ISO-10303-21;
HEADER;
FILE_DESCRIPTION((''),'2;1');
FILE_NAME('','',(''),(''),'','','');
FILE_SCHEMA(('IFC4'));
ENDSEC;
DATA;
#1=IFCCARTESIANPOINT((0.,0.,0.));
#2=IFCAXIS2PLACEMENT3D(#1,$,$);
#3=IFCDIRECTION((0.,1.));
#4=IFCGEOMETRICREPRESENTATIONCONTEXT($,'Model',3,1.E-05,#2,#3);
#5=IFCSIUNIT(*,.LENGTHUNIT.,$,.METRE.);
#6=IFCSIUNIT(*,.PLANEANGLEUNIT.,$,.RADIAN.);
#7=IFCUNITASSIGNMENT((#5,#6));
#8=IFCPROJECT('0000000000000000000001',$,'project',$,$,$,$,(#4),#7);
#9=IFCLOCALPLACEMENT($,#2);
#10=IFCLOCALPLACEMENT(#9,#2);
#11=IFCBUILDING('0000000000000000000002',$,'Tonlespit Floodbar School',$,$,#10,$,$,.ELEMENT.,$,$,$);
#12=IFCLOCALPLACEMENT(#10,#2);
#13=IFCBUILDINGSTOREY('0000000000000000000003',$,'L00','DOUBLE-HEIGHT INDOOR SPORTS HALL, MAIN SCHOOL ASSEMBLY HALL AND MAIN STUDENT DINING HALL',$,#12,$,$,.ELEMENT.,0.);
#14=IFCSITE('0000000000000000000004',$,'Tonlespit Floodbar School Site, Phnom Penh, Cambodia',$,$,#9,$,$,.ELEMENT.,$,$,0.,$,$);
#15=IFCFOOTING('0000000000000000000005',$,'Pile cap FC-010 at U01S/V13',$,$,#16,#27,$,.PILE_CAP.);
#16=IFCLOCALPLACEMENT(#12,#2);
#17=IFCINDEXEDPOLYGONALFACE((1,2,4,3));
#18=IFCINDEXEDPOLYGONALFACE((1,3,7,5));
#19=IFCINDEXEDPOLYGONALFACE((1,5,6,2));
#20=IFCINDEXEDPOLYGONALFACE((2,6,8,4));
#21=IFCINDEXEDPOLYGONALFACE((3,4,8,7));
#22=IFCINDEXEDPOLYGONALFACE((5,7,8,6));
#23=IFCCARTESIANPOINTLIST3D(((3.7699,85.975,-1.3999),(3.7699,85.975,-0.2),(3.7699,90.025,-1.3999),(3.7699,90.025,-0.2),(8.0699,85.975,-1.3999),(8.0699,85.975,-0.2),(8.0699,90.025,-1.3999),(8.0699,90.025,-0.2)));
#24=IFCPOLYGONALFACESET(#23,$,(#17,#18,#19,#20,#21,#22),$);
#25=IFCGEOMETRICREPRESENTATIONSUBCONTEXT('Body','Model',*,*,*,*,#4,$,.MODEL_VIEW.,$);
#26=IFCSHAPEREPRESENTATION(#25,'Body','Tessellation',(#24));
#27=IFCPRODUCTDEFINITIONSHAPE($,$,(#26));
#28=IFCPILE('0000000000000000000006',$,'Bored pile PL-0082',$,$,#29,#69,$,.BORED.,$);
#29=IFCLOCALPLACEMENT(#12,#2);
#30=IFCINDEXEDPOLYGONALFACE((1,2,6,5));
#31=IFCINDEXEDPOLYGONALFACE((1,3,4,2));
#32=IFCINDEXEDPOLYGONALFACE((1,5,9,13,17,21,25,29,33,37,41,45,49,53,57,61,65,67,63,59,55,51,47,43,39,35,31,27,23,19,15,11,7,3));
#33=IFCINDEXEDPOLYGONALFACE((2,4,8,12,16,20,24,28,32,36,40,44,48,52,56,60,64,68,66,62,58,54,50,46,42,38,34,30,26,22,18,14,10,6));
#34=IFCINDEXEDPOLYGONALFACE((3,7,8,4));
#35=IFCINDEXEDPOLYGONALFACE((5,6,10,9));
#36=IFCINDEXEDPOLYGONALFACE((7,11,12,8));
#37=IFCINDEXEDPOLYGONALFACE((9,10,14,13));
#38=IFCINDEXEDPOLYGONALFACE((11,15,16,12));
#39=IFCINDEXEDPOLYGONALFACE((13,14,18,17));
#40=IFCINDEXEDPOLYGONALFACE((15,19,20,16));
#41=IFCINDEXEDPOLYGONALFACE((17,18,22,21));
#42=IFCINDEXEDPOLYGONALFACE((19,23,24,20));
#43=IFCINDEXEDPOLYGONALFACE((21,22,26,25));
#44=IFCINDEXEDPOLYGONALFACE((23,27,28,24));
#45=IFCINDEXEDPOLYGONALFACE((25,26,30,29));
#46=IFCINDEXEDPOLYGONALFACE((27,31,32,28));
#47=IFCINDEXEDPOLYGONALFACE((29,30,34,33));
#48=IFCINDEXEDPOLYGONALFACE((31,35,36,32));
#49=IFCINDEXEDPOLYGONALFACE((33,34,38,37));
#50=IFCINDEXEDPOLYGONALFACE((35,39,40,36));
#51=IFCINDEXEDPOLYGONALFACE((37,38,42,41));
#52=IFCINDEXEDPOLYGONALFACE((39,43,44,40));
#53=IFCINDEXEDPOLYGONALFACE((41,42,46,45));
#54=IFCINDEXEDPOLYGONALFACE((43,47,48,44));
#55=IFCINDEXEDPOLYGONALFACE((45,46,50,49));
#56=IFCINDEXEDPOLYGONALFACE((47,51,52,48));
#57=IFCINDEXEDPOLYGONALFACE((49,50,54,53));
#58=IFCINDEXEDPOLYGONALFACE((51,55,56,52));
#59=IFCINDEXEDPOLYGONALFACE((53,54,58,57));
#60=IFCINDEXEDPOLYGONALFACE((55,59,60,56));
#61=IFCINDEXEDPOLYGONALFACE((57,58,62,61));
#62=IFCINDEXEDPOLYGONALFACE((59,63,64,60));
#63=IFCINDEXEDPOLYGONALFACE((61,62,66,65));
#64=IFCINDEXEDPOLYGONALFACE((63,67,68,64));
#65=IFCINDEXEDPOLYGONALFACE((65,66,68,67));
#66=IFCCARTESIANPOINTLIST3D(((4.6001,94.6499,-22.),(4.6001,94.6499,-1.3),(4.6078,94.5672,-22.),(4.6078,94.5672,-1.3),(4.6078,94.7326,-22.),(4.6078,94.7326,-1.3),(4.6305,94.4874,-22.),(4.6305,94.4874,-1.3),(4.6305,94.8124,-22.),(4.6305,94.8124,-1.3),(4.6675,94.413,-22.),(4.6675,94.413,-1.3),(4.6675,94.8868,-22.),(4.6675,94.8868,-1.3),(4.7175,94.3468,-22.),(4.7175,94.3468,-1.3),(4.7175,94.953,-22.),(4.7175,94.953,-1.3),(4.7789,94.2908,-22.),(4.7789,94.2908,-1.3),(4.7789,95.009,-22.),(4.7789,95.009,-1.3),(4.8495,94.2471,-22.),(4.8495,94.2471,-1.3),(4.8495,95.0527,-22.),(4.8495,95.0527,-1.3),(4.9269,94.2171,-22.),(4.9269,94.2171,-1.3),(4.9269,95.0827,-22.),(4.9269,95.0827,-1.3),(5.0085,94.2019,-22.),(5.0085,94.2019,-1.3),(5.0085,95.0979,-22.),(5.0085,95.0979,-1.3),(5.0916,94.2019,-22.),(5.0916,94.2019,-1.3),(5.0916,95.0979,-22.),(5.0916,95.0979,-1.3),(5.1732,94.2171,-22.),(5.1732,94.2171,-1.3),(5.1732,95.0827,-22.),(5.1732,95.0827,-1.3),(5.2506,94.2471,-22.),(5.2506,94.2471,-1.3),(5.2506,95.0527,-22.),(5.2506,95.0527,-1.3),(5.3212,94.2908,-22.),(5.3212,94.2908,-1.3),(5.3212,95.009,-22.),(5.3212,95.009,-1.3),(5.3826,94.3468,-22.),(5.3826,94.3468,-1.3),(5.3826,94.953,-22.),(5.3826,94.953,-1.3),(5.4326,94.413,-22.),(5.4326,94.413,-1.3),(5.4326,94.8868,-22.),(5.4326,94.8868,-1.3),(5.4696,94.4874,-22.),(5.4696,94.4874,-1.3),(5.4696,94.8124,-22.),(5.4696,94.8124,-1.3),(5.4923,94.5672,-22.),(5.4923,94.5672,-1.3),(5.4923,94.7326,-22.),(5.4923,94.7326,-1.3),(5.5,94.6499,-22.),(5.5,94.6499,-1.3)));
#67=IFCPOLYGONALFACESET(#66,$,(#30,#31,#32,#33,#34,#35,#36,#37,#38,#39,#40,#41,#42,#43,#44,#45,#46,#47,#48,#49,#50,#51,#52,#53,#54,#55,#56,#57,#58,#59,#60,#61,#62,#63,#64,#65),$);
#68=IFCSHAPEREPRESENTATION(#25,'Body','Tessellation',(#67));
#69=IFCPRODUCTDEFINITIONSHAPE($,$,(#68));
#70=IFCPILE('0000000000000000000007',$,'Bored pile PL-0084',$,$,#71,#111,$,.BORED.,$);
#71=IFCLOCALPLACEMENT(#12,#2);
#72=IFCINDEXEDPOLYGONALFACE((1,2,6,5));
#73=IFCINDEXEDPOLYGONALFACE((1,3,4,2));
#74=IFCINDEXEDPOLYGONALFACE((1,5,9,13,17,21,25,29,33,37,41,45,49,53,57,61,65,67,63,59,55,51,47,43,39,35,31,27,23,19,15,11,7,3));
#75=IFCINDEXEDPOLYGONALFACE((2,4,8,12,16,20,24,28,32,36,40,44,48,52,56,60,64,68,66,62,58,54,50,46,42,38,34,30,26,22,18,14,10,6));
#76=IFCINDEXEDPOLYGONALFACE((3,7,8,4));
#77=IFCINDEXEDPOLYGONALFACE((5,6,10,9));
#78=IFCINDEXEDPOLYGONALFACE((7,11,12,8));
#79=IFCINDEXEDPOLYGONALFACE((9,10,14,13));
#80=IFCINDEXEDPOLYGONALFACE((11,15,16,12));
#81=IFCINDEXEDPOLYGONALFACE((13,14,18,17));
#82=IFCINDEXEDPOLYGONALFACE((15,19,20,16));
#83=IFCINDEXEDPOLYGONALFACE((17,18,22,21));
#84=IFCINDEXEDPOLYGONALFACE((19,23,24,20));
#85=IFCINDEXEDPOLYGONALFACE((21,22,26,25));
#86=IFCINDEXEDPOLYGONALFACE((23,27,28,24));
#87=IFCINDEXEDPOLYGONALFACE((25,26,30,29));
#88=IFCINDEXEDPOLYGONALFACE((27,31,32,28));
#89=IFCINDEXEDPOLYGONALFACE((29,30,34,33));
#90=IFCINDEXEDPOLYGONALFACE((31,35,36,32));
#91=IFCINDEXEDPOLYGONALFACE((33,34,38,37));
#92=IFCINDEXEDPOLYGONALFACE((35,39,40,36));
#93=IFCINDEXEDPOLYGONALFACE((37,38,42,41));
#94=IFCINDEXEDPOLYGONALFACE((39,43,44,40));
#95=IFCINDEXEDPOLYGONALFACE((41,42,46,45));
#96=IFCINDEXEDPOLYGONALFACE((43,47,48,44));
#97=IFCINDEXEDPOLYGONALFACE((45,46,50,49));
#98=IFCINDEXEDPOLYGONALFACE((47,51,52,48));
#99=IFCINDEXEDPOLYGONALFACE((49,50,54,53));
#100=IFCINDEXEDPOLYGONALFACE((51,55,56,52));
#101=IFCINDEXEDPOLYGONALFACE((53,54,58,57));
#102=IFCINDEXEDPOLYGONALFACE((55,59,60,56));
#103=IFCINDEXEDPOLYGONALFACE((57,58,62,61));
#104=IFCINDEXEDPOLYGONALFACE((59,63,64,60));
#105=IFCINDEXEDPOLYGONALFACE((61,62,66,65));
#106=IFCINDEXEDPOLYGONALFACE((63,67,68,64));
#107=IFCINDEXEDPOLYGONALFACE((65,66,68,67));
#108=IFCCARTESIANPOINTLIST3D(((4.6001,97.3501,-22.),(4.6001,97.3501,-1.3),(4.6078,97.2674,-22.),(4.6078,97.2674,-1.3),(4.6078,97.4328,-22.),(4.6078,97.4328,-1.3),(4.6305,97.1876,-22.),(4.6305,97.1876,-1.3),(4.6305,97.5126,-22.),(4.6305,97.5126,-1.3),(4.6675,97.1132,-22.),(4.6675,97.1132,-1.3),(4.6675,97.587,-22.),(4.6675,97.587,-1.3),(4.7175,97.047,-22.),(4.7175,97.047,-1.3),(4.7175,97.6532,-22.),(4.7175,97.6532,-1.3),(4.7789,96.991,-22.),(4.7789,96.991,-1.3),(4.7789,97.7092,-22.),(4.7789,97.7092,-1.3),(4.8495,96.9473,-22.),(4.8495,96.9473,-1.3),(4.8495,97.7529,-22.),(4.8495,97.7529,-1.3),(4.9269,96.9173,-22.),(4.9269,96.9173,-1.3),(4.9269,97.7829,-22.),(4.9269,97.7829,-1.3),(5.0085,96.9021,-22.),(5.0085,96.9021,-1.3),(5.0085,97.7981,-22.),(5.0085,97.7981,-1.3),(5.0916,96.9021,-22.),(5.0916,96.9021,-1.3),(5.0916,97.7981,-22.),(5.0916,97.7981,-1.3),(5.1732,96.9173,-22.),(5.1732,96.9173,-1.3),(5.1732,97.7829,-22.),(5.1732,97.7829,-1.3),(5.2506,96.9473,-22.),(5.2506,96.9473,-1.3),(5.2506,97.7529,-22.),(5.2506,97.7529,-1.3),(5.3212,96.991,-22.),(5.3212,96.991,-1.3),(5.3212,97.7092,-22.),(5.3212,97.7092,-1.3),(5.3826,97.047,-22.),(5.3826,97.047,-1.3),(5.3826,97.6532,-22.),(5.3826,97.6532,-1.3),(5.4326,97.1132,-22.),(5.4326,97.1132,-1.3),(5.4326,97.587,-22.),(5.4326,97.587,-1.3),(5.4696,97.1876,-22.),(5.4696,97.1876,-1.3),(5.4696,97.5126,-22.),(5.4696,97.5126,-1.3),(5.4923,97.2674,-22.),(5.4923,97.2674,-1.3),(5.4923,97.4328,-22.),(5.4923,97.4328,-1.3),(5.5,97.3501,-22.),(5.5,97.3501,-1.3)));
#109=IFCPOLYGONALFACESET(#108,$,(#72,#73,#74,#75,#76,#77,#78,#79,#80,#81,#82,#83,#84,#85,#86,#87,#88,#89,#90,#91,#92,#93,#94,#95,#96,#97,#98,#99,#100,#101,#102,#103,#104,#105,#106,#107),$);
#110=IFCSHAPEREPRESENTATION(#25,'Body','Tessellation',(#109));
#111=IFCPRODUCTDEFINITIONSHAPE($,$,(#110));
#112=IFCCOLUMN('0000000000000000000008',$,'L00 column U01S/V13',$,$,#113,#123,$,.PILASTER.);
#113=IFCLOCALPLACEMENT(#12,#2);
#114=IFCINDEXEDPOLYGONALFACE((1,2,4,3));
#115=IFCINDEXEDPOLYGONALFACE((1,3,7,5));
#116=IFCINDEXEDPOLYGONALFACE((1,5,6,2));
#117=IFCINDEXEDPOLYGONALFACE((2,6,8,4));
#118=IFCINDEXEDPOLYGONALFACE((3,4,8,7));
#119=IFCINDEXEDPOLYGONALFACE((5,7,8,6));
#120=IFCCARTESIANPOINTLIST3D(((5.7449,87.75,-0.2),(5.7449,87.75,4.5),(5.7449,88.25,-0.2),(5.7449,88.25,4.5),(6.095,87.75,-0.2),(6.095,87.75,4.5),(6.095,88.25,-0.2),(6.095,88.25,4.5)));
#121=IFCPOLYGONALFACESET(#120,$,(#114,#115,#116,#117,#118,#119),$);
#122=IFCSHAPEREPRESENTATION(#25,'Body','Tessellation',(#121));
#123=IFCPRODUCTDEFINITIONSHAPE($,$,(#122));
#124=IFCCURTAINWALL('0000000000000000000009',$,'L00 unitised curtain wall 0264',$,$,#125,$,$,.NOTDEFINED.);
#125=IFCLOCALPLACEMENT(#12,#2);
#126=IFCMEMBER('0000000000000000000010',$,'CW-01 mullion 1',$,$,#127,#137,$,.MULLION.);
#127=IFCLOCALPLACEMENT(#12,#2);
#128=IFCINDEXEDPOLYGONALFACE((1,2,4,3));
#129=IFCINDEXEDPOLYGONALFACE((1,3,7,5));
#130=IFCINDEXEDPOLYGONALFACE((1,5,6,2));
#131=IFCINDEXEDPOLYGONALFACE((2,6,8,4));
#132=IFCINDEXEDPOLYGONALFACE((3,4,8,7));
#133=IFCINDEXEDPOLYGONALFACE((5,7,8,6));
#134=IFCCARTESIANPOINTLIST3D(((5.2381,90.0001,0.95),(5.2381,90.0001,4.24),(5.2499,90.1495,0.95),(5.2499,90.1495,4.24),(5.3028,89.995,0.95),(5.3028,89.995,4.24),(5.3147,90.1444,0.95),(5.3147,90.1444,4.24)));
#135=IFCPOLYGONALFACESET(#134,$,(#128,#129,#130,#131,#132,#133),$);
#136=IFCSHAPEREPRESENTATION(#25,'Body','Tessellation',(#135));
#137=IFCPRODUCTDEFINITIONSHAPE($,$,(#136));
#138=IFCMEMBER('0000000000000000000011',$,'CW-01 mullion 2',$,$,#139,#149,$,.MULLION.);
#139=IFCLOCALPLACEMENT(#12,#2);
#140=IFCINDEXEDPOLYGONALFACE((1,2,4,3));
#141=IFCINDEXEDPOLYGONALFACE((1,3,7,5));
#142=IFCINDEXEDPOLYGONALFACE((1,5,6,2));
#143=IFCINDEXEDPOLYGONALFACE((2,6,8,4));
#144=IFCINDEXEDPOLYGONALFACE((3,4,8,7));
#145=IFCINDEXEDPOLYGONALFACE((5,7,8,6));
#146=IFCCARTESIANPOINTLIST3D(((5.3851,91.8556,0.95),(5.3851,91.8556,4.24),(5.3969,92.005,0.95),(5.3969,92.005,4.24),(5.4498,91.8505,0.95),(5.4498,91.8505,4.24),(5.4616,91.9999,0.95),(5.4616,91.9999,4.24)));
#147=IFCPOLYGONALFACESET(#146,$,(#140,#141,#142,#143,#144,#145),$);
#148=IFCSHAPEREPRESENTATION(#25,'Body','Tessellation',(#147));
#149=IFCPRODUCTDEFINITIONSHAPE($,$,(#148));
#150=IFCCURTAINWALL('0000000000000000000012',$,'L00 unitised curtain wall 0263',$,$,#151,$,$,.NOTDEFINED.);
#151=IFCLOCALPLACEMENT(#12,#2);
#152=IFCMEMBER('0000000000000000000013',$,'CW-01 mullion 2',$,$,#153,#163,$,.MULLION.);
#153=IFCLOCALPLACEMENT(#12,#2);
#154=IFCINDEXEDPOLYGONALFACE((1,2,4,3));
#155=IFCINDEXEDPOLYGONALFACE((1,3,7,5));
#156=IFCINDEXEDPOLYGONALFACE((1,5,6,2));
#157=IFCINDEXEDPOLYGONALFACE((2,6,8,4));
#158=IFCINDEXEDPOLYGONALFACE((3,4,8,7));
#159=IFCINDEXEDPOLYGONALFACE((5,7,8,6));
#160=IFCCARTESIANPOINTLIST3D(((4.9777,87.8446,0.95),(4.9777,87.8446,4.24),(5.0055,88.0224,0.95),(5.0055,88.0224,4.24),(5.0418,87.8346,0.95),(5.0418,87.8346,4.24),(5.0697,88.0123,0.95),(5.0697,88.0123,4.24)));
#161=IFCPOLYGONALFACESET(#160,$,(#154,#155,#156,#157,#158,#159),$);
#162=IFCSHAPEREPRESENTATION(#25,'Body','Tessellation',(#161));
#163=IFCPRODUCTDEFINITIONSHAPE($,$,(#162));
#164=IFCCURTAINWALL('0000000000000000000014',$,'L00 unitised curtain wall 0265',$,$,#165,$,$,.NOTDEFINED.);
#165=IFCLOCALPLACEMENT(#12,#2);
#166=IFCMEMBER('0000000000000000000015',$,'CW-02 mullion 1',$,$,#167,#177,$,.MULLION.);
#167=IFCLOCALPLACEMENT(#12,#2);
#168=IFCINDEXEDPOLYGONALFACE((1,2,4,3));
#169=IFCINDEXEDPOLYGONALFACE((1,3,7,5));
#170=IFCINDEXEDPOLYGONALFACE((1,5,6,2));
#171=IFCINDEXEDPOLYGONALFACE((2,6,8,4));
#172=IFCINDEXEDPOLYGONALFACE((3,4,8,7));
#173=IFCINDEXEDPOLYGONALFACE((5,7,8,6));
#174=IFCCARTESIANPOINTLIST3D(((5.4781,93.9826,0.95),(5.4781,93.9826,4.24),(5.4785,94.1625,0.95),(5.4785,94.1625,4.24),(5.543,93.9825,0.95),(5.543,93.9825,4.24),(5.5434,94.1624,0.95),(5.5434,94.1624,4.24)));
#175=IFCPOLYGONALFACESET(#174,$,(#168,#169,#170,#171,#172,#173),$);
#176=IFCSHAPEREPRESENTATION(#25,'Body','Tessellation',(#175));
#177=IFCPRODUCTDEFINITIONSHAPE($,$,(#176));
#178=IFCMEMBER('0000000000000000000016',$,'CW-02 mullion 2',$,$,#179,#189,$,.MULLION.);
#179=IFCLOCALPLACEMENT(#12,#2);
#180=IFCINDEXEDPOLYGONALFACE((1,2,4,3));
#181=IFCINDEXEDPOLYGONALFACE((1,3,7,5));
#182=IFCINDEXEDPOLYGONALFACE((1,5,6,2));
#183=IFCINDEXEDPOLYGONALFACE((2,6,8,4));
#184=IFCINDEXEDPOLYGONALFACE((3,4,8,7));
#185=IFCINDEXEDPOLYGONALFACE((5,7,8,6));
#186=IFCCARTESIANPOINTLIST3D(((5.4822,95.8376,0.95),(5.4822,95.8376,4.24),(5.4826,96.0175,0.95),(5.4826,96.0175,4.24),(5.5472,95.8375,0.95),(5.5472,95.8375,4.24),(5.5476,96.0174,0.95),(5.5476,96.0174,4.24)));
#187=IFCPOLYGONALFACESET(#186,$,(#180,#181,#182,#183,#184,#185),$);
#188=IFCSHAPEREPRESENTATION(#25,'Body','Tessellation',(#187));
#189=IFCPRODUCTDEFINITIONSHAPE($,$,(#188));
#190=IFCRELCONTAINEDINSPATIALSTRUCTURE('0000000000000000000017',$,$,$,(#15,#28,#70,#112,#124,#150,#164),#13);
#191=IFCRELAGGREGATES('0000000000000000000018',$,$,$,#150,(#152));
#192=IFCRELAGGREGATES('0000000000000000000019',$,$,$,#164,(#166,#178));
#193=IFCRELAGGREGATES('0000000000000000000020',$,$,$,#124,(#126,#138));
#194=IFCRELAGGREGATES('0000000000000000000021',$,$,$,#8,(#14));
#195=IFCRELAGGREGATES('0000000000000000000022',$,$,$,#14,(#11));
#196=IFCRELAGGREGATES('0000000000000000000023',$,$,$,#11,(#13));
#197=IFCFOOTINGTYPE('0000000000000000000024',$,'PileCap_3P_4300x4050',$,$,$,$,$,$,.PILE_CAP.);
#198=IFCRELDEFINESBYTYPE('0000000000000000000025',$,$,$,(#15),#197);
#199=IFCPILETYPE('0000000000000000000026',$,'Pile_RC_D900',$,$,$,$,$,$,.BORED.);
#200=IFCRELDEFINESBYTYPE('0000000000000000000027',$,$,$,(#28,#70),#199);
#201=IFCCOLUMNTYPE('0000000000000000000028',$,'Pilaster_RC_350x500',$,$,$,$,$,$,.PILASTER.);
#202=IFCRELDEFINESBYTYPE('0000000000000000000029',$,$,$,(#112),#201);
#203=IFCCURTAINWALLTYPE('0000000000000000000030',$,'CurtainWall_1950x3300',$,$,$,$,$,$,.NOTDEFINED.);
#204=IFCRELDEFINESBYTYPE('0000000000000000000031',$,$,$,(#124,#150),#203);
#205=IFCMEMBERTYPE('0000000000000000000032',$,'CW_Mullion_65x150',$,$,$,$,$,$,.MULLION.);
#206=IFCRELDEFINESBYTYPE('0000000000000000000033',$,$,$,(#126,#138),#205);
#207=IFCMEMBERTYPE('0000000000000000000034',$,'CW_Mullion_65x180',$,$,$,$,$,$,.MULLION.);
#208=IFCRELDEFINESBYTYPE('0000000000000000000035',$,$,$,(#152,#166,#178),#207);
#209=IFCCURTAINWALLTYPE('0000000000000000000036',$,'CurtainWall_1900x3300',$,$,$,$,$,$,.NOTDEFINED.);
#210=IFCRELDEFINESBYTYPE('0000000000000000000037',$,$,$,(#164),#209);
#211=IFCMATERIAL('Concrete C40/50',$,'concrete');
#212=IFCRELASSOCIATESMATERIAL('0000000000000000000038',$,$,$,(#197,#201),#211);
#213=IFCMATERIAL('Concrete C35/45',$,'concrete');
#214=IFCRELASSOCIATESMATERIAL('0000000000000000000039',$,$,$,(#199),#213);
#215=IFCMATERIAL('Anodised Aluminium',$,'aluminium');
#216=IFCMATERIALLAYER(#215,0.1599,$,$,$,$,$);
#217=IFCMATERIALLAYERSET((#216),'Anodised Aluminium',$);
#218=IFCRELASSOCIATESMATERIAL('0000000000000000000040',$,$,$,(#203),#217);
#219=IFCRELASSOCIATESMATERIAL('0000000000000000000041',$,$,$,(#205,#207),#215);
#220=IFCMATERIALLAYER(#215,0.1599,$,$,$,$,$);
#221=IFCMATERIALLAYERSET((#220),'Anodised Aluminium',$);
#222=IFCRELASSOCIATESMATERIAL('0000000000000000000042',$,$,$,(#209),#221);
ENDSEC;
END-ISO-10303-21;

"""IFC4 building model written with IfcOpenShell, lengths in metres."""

from ifc_helpers import new_model, si_unit, direction, frame, origin, origin_2d, place, context, subcontext, project, spatial, rectangle, circle, extrude, material, layer, layer_set, material_profile, profile_set, type_object, element, aggregate, save


model = new_model("IFC4")

# Units and contexts
model_context = context("Model", 3, precision=1e-05, world=origin(), true_north=direction((0.0, 1.0)))
body_context = subcontext(model_context, "Body", "Model", "MODEL_VIEW")
ifc_project = project(units=[si_unit("LENGTHUNIT", "METRE"), si_unit("PLANEANGLEUNIT", "RADIAN")], contexts=[model_context])

# Site, building, storey
site_placement = place(None, origin())
site = spatial("IfcSite", under=ifc_project, at=site_placement, Name="Tonlespit Floodbar School Site, Phnom Penh, Cambodia", CompositionType="ELEMENT", RefElevation=0.0)
building_placement = place(site_placement, origin())
building = spatial("IfcBuilding", under=site, at=building_placement, Name="Tonlespit Floodbar School", CompositionType="ELEMENT")
storey_placement = place(building_placement, origin())
storey = spatial("IfcBuildingStorey", under=building, at=storey_placement, Name="L00", Description="DOUBLE-HEIGHT INDOOR SPORTS HALL, MAIN SCHOOL ASSEMBLY HALL AND MAIN STUDENT DINING HALL", CompositionType="ELEMENT", Elevation=0.0)

# Footing
ifc_material_1 = material(Name="Concrete C40/50", Category="concrete")
footing_type = type_object("IfcFootingType", Name="PileCap_3P_4300x4050", PredefinedType="PILE_CAP", material=ifc_material_1)
footing_placement = place(storey_placement, frame((5.9199, 88.0, -1.3999), z_axis=(0.0, 0.0, 1.0), x_axis=(1.0, 0.0, 0.0)))
element("IfcFooting", 1, at=footing_placement, inside=storey, type_object=footing_type, Name="Pile cap FC-010 at U01S/V13", PredefinedType="PILE_CAP", context=body_context, shape_type="SweptSolid", body=[
    extrude(rectangle(XDim=4.3, YDim=4.05, at=origin_2d()), origin(), (0.0, 0.0, 1.0), 1.2),
])

# Piles
ifc_material_2 = material(Name="Concrete C35/45", Category="concrete")
ifc_material_profile_1 = material_profile(ifc_material_2, circle(Radius=0.45, at=origin_2d()), Name="BP D900")
ifc_profile_set_1 = profile_set([ifc_material_profile_1], Name="Concrete C35/45")
pile_type = type_object("IfcPileType", Name="Pile_RC_D900", PredefinedType="BORED", material=ifc_profile_set_1)
for number, where, z_axis, x_axis, name in (
    (2, (5.05, 94.6499, -1.3), (0.0, 0.0, -1.0), (1.0, 0.0, 0.0), "Bored pile PL-0082"),
    (3, (5.05, 97.3501, -1.3), (0.0, 0.0, -1.0), (1.0, 0.0, 0.0), "Bored pile PL-0084"),
):
    element("IfcPile", number, at=place(storey_placement, frame(where, z_axis=z_axis, x_axis=x_axis)), inside=storey, type_object=pile_type, Name=name, PredefinedType="BORED", context=body_context, shape_type="SweptSolid", body=[
        extrude(circle(Radius=0.45, at=origin_2d()), origin(), (0.0, 0.0, 1.0), 20.7),
    ])

# Column
ifc_material_profile_2 = material_profile(ifc_material_1, rectangle(XDim=0.3501, YDim=0.5, at=origin_2d()), Name="RC 350x500")
ifc_profile_set_2 = profile_set([ifc_material_profile_2], Name="Concrete C40/50")
column_type = type_object("IfcColumnType", Name="Pilaster_RC_350x500", PredefinedType="PILASTER", material=ifc_profile_set_2)
column_placement = place(storey_placement, frame((5.9199, 88.0, -0.2), z_axis=(0.0, 0.0, 1.0), x_axis=(1.0, 0.0, 0.0)))
element("IfcColumn", 4, at=column_placement, inside=storey, type_object=column_type, Name="L00 column U01S/V13", PredefinedType="PILASTER", context=body_context, shape_type="SweptSolid", body=[
    extrude(rectangle(XDim=0.3501, YDim=0.5, at=origin_2d()), origin(), (0.0, 0.0, 1.0), 4.7),
])

# Curtain wall, members
ifc_material_3 = material(Name="Anodised Aluminium", Category="aluminium")
ifc_layer_1 = layer(ifc_material_3, 0.1599)
ifc_layer_set_1 = layer_set([ifc_layer_1], Name="Anodised Aluminium")
curtain_wall_type_1 = type_object("IfcCurtainWallType", Name="CurtainWall_1950x3300", PredefinedType="NOTDEFINED", material=ifc_layer_set_1)
curtain_wall_1_placement = place(storey_placement, origin())
curtain_wall_1 = element("IfcCurtainWall", 5, at=curtain_wall_1_placement, inside=storey, type_object=curtain_wall_type_1, Name="L00 unitised curtain wall 0264", PredefinedType="NOTDEFINED")
ifc_material_profile_3 = material_profile(ifc_material_3, rectangle(XDim=0.0649, YDim=0.1499, at=origin_2d()), Name="ALU M65x150")
ifc_profile_set_3 = profile_set([ifc_material_profile_3], Name="Anodised Aluminium")
member_type_1 = type_object("IfcMemberType", Name="CW_Mullion_65x150", PredefinedType="MULLION", material=ifc_profile_set_3)
member_1_placement = place(storey_placement, frame((5.2764, 90.0723, 0.95), z_axis=(0.0, 0.0, 1.0), x_axis=(-0.996878, 0.078963, 0.0)))
member_1 = element("IfcMember", 6, at=member_1_placement, type_object=member_type_1, Name="CW-01 mullion 1", PredefinedType="MULLION", context=body_context, shape_type="SweptSolid", body=[
    extrude(rectangle(XDim=0.0649, YDim=0.1499, at=origin_2d()), origin(), (0.0, 0.0, 1.0), 3.29),
])
member_2_placement = place(storey_placement, frame((5.4233, 91.9277, 0.95), z_axis=(0.0, 0.0, 1.0), x_axis=(-0.996878, 0.078963, 0.0)))
member_2 = element("IfcMember", 7, at=member_2_placement, type_object=member_type_1, Name="CW-01 mullion 2", PredefinedType="MULLION", context=body_context, shape_type="SweptSolid", body=[
    extrude(rectangle(XDim=0.0649, YDim=0.1499, at=origin_2d()), origin(), (0.0, 0.0, 1.0), 3.29),
])

# Curtain wall, member
curtain_wall_2_placement = place(storey_placement, origin())
curtain_wall_2 = element("IfcCurtainWall", 8, at=curtain_wall_2_placement, inside=storey, type_object=curtain_wall_type_1, Name="L00 unitised curtain wall 0263", PredefinedType="NOTDEFINED")
ifc_material_profile_4 = material_profile(ifc_material_3, rectangle(XDim=0.0649, YDim=0.1799, at=origin_2d()), Name="ALU M65x180")
ifc_profile_set_4 = profile_set([ifc_material_profile_4], Name="Anodised Aluminium")
member_type_2 = type_object("IfcMemberType", Name="CW_Mullion_65x180", PredefinedType="MULLION", material=ifc_profile_set_4)
member_3_placement = place(storey_placement, frame((5.0237, 87.9285, 0.95), z_axis=(0.0, 0.0, 1.0), x_axis=(-0.987961, 0.1547, 0.0)))
member_3 = element("IfcMember", 9, at=member_3_placement, type_object=member_type_2, Name="CW-01 mullion 2", PredefinedType="MULLION", context=body_context, shape_type="SweptSolid", body=[
    extrude(rectangle(XDim=0.0649, YDim=0.1799, at=origin_2d()), origin(), (0.0, 0.0, 1.0), 3.29),
])
aggregate(curtain_wall_2, [member_3])

# Curtain wall, members
ifc_layer_2 = layer(ifc_material_3, 0.1599)
ifc_layer_set_2 = layer_set([ifc_layer_2], Name="Anodised Aluminium")
curtain_wall_type_2 = type_object("IfcCurtainWallType", Name="CurtainWall_1900x3300", PredefinedType="NOTDEFINED", material=ifc_layer_set_2)
curtain_wall_3_placement = place(storey_placement, origin())
curtain_wall_3 = element("IfcCurtainWall", 10, at=curtain_wall_3_placement, inside=storey, type_object=curtain_wall_type_2, Name="L00 unitised curtain wall 0265", PredefinedType="NOTDEFINED")
member_4_placement = place(storey_placement, frame((5.5107, 94.0725, 0.95), z_axis=(0.0, 0.0, 1.0), x_axis=(-0.999998, 0.002187, 0.0)))
member_4 = element("IfcMember", 11, at=member_4_placement, type_object=member_type_2, Name="CW-02 mullion 1", PredefinedType="MULLION", context=body_context, shape_type="SweptSolid", body=[
    extrude(rectangle(XDim=0.0649, YDim=0.1799, at=origin_2d()), origin(), (0.0, 0.0, 1.0), 3.29),
])
member_5_placement = place(storey_placement, frame((5.5149, 95.9275, 0.95), z_axis=(0.0, 0.0, 1.0), x_axis=(-0.999998, 0.002187, 0.0)))
member_5 = element("IfcMember", 12, at=member_5_placement, type_object=member_type_2, Name="CW-02 mullion 2", PredefinedType="MULLION", context=body_context, shape_type="SweptSolid", body=[
    extrude(rectangle(XDim=0.0649, YDim=0.1799, at=origin_2d()), origin(), (0.0, 0.0, 1.0), 3.29),
])

aggregate(curtain_wall_3, [member_4, member_5])
aggregate(curtain_wall_1, [member_1, member_2])

save(model, "model.ifc")
